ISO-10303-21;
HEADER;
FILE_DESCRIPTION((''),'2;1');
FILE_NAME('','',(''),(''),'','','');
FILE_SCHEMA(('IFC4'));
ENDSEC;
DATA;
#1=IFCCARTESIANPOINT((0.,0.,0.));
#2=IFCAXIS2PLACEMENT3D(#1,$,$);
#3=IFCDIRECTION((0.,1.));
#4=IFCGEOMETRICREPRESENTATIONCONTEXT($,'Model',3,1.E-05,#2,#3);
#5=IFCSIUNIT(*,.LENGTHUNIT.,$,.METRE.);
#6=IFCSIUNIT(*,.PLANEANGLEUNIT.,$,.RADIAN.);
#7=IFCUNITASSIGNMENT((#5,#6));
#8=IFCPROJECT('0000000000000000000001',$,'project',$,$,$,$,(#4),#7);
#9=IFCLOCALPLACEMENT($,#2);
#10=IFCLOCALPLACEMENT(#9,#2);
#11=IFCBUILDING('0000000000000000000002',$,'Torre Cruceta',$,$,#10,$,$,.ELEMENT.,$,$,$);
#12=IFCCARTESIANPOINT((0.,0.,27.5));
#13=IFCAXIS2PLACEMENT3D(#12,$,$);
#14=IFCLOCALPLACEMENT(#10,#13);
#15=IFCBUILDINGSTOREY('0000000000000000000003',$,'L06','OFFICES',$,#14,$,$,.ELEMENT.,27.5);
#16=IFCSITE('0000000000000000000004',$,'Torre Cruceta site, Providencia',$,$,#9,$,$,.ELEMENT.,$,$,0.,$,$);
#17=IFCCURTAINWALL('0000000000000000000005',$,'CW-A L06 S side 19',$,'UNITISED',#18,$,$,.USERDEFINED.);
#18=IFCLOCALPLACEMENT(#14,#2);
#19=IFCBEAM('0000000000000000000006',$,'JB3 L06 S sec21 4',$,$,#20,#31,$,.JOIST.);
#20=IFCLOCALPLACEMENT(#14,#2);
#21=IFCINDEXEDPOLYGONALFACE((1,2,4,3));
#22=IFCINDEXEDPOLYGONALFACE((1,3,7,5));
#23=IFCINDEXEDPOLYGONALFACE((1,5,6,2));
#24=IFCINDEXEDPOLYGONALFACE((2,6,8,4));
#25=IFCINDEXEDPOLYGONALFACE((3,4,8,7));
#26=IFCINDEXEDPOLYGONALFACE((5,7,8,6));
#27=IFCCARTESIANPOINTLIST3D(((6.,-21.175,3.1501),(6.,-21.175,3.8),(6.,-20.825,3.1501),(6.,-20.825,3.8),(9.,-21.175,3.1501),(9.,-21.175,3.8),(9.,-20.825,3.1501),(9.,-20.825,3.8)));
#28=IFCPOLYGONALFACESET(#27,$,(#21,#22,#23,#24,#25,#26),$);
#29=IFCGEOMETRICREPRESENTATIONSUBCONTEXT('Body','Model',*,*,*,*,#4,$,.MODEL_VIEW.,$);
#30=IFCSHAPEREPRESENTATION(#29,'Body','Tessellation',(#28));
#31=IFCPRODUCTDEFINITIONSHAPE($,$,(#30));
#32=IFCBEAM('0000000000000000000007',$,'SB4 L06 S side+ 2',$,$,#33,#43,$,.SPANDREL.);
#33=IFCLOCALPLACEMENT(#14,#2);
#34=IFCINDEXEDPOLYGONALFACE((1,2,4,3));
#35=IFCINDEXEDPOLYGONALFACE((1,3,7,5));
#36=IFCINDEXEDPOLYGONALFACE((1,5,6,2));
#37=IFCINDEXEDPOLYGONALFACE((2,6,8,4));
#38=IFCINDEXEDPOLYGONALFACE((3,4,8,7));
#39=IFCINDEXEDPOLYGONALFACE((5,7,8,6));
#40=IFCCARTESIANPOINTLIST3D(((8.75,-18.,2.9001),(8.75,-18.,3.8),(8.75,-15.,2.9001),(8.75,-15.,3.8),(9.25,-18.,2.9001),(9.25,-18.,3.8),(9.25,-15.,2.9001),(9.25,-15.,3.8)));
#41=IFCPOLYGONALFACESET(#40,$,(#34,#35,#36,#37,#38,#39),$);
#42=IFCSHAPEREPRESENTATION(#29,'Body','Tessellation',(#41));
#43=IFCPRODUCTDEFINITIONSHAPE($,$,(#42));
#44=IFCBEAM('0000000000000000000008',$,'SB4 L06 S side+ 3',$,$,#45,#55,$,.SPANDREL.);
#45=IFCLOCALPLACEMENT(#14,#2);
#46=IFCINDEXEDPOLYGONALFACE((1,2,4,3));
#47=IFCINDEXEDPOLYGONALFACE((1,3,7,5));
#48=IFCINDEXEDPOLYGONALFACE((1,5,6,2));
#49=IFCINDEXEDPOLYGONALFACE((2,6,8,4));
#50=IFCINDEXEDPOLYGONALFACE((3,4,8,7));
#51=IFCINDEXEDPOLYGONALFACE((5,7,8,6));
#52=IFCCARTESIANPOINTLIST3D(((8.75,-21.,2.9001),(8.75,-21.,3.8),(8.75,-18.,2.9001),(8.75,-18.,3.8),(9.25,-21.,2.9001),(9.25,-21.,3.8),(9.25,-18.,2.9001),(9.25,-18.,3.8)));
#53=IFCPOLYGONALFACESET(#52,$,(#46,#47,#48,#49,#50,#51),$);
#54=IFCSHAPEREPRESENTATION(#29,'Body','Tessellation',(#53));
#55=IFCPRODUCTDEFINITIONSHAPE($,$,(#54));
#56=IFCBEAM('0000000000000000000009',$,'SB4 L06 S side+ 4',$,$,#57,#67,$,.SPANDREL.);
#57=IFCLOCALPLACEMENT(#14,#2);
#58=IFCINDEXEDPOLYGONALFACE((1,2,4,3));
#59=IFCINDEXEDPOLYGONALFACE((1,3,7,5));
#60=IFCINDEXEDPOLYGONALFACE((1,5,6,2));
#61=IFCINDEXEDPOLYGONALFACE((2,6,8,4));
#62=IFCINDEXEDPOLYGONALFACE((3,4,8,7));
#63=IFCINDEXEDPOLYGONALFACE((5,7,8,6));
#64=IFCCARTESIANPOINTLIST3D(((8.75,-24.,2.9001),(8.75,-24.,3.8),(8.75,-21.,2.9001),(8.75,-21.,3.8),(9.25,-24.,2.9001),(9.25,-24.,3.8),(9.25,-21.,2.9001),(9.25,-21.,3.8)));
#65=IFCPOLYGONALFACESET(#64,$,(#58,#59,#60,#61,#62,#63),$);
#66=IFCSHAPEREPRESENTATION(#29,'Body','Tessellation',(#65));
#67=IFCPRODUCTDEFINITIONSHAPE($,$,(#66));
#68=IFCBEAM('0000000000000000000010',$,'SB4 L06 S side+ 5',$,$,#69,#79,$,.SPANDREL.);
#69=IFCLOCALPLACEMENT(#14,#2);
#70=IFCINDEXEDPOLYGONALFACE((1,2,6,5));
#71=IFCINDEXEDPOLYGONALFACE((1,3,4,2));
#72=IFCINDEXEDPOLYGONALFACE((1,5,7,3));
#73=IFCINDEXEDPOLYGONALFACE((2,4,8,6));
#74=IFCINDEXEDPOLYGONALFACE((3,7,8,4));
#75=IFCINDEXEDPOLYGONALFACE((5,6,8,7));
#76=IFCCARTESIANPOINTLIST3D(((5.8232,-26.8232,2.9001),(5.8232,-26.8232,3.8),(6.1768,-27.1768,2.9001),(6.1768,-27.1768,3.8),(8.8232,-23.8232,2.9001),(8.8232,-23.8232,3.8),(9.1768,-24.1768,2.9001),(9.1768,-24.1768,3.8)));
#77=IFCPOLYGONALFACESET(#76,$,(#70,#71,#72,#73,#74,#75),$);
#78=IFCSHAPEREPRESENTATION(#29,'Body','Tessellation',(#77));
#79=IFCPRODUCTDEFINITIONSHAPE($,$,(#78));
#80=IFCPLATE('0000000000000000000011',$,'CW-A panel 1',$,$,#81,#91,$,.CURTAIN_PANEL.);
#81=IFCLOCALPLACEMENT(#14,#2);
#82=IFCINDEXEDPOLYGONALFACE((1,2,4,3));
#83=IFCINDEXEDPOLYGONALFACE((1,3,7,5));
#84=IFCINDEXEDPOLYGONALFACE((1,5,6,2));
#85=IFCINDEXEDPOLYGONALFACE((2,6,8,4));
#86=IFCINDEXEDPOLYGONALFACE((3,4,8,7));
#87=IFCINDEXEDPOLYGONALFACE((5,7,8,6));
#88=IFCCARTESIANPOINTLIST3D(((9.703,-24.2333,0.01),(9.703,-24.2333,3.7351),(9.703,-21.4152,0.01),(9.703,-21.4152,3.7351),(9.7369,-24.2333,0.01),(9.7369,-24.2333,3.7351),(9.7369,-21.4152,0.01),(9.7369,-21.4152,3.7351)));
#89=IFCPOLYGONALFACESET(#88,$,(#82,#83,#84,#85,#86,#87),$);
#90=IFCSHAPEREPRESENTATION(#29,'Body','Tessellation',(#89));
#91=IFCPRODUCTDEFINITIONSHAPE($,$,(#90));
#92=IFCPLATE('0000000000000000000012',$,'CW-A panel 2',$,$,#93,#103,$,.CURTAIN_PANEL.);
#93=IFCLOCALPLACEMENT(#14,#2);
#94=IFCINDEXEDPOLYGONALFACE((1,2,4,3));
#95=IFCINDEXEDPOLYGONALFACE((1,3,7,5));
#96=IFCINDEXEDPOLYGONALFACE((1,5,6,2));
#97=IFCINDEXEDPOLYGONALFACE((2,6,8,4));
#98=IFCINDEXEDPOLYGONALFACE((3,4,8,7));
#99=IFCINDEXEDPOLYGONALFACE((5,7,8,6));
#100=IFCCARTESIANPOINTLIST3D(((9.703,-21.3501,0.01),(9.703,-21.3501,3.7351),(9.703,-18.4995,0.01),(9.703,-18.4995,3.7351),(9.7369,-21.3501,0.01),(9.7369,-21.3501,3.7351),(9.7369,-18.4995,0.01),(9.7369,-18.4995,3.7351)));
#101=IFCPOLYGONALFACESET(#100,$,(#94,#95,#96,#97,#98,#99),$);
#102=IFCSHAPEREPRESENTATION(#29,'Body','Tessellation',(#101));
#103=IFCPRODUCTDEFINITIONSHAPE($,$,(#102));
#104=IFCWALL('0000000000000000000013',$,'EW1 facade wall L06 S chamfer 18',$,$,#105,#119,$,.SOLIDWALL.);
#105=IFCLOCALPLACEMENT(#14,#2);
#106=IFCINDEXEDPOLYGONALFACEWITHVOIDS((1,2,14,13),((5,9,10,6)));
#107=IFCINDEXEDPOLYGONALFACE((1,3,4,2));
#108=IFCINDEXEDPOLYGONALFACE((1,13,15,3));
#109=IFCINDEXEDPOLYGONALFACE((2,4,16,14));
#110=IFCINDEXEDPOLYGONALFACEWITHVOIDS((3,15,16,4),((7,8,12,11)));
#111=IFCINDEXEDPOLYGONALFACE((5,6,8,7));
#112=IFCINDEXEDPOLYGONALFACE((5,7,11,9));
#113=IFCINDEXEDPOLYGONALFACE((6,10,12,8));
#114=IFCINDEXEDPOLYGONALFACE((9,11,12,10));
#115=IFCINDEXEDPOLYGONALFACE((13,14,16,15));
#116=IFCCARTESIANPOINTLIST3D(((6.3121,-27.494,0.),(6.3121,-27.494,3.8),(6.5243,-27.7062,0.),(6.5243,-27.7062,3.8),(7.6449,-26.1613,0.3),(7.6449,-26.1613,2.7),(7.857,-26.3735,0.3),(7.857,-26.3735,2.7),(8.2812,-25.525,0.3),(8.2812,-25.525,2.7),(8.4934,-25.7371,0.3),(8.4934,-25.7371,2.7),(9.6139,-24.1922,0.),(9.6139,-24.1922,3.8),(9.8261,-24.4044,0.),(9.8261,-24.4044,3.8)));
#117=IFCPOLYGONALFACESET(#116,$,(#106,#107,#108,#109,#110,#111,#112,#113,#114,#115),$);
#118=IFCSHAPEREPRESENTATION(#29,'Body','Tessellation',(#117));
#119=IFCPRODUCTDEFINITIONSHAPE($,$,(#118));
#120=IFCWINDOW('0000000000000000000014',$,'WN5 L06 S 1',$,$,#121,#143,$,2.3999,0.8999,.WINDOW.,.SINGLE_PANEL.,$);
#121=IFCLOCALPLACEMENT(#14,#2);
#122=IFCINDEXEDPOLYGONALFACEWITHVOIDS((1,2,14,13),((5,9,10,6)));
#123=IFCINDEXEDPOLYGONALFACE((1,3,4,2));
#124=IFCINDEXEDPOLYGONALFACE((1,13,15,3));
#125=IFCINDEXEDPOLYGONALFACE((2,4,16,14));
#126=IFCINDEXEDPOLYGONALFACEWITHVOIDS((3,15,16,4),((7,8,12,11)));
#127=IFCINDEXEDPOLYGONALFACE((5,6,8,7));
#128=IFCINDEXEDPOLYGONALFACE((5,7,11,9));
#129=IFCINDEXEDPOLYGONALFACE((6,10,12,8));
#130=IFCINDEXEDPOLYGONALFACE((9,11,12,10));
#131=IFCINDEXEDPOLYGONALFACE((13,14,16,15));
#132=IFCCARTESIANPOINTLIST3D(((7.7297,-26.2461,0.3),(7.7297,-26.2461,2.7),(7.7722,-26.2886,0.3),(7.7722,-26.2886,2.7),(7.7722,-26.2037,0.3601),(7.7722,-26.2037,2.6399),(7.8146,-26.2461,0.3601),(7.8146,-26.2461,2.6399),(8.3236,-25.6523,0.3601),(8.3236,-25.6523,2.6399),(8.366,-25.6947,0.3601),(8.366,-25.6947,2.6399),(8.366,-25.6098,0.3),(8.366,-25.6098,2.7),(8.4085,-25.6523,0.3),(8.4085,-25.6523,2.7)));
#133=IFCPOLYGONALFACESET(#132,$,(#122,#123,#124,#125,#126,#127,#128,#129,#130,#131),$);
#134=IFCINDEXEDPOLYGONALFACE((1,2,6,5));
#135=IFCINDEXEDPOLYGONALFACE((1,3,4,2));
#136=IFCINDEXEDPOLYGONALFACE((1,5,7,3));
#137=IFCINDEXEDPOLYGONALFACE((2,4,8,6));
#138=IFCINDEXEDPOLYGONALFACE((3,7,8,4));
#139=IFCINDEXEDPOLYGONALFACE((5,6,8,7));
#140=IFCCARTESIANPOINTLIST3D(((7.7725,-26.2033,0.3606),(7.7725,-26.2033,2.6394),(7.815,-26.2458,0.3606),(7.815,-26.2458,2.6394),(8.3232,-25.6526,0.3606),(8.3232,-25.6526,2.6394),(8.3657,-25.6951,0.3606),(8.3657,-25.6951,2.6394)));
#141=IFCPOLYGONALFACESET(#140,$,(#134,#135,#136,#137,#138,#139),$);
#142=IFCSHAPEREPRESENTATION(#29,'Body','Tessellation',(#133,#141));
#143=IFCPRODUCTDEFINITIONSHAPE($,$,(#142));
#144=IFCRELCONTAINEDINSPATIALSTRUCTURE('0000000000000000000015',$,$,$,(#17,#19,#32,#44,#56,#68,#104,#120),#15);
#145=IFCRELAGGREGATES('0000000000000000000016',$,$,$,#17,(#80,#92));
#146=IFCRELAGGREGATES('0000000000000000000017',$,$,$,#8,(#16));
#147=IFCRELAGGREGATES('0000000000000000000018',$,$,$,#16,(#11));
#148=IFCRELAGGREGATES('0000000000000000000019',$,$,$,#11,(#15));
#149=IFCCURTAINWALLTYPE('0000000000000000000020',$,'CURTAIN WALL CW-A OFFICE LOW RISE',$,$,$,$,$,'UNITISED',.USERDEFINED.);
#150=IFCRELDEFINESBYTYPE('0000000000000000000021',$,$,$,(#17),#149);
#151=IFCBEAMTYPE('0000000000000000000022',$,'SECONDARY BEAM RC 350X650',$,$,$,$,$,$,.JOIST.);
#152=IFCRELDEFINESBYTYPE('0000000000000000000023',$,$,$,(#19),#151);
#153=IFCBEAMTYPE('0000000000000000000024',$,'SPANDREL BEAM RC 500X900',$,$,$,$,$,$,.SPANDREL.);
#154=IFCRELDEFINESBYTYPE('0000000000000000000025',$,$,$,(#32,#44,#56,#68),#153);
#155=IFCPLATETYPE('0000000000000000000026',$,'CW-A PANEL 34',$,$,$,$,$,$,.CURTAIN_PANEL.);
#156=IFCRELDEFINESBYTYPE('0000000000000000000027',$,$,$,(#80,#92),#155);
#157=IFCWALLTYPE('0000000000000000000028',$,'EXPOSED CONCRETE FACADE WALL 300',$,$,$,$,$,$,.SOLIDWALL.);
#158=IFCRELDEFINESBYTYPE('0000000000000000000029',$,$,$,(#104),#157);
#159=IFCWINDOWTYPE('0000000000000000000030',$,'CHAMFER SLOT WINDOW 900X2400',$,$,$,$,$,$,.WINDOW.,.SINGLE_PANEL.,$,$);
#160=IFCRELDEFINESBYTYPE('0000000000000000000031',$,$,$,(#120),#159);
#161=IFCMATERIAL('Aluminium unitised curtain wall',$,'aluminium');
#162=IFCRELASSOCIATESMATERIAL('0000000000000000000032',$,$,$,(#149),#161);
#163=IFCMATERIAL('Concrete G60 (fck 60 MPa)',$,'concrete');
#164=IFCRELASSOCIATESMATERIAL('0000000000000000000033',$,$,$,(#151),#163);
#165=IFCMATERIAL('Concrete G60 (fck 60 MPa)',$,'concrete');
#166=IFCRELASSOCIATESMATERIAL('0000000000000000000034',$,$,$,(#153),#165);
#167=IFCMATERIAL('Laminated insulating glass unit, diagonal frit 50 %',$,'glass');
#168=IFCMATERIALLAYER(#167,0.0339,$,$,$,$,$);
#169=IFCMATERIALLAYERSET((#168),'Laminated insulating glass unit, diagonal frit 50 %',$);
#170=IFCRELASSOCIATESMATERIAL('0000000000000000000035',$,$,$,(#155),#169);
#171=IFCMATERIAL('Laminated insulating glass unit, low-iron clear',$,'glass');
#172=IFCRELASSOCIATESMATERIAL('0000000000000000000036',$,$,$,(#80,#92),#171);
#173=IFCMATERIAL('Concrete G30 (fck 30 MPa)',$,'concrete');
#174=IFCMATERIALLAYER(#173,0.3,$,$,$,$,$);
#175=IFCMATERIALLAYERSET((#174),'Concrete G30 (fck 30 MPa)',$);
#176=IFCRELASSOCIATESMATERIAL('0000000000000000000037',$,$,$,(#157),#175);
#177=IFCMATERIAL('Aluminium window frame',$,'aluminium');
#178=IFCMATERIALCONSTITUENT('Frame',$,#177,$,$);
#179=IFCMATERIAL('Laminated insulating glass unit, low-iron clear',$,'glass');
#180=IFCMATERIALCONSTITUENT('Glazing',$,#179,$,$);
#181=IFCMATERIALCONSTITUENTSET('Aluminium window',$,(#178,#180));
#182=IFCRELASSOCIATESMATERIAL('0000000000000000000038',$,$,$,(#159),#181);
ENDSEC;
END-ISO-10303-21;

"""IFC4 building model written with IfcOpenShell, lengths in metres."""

from ifc_helpers import new_model, si_unit, direction, frame, frame_2d, origin, origin_2d, place, context, subcontext, project, spatial, rectangle, hollow_rectangle, extrude, material, layer, layer_set, constituent, constituent_set, material_profile, profile_set, type_object, element, fill, aggregate, save


model = new_model("IFC4")

# Units and contexts
model_context = context("Model", 3, precision=1e-05, world=origin(), true_north=direction((0.0, 1.0)))
body_context = subcontext(model_context, "Body", "Model", "MODEL_VIEW")
ifc_project = project(units=[si_unit("LENGTHUNIT", "METRE"), si_unit("PLANEANGLEUNIT", "RADIAN")], contexts=[model_context])

# Site, building, storey
site_placement = place(None, origin())
site = spatial("IfcSite", under=ifc_project, at=site_placement, Name="Torre Cruceta site, Providencia", CompositionType="ELEMENT", RefElevation=0.0)
building_placement = place(site_placement, origin())
building = spatial("IfcBuilding", under=site, at=building_placement, Name="Torre Cruceta", CompositionType="ELEMENT")
storey_placement = place(building_placement, frame((0.0, 0.0, 27.5)))
storey = spatial("IfcBuildingStorey", under=building, at=storey_placement, Name="L06", Description="OFFICES", CompositionType="ELEMENT", Elevation=27.5)

# Curtain wall
ifc_material_1 = material(Name="Aluminium unitised curtain wall", Category="aluminium")
curtain_wall_type = type_object("IfcCurtainWallType", Name="CURTAIN WALL CW-A OFFICE LOW RISE", ElementType="UNITISED", PredefinedType="USERDEFINED", material=ifc_material_1)
curtain_wall_placement = place(storey_placement, origin())
curtain_wall = element("IfcCurtainWall", 1, at=curtain_wall_placement, inside=storey, type_object=curtain_wall_type, Name="CW-A L06 S side 19", ObjectType="UNITISED", PredefinedType="USERDEFINED")

# Beams
ifc_material_2 = material(Name="Concrete G60 (fck 60 MPa)", Category="concrete")
ifc_material_profile_1 = material_profile(ifc_material_2, rectangle(XDim=0.3501, YDim=0.6499, at=origin_2d()), Name="RC 350X650")
ifc_profile_set_1 = profile_set([ifc_material_profile_1], Name="Concrete G60 (fck 60 MPa)")
beam_type_1 = type_object("IfcBeamType", Name="SECONDARY BEAM RC 350X650", PredefinedType="JOIST", material=ifc_profile_set_1)
beam_1_placement = place(storey_placement, frame((6.0, -21.0, 3.4751), z_axis=(1.0, 0.0, 0.0), x_axis=(0.0, 1.0, 0.0)))
element("IfcBeam", 2, at=beam_1_placement, inside=storey, type_object=beam_type_1, Name="JB3 L06 S sec21 4", PredefinedType="JOIST", context=body_context, shape_type="SweptSolid", body=[
    extrude(rectangle(XDim=0.3501, YDim=0.6499, at=origin_2d()), origin(), (0.0, 0.0, 1.0), 3.0),
])
ifc_material_3 = material(Name="Concrete G60 (fck 60 MPa)", Category="concrete")
ifc_material_profile_2 = material_profile(ifc_material_3, rectangle(XDim=0.5, YDim=0.8999, at=origin_2d()), Name="RC 500X900")
ifc_profile_set_2 = profile_set([ifc_material_profile_2], Name="Concrete G60 (fck 60 MPa)")
beam_type_2 = type_object("IfcBeamType", Name="SPANDREL BEAM RC 500X900", PredefinedType="SPANDREL", material=ifc_profile_set_2)
for number, where, z_axis, x_axis, name in (
    (3, (9.0, -15.0, 3.3501), (0.0, -1.0, 0.0), (1.0, 0.0, 0.0), "SB4 L06 S side+ 2"),
    (4, (9.0, -18.0, 3.3501), (0.0, -1.0, 0.0), (1.0, 0.0, 0.0), "SB4 L06 S side+ 3"),
    (5, (9.0, -21.0, 3.3501), (0.0, -1.0, 0.0), (1.0, 0.0, 0.0), "SB4 L06 S side+ 4"),
):
    element("IfcBeam", number, at=place(storey_placement, frame(where, z_axis=z_axis, x_axis=x_axis)), inside=storey, type_object=beam_type_2, Name=name, PredefinedType="SPANDREL", context=body_context, shape_type="SweptSolid", body=[
        extrude(rectangle(XDim=0.5, YDim=0.8999, at=origin_2d()), origin(), (0.0, 0.0, 1.0), 3.0),
    ])
beam_2_placement = place(storey_placement, frame((9.0, -24.0, 3.3501), z_axis=(-0.707107, -0.707107, 0.0), x_axis=(0.707107, -0.707107, 0.0)))
element("IfcBeam", 6, at=beam_2_placement, inside=storey, type_object=beam_type_2, Name="SB4 L06 S side+ 5", PredefinedType="SPANDREL", context=body_context, shape_type="SweptSolid", body=[
    extrude(rectangle(XDim=0.5, YDim=0.8999, at=origin_2d()), origin(), (0.0, 0.0, 1.0), 4.2427),
])

# Plates
ifc_material_4 = material(Name="Laminated insulating glass unit, low-iron clear", Category="glass")
ifc_material_5 = material(Name="Laminated insulating glass unit, diagonal frit 50 %", Category="glass")
ifc_layer_1 = layer(ifc_material_5, 0.0339)
ifc_layer_set_1 = layer_set([ifc_layer_1], Name="Laminated insulating glass unit, diagonal frit 50 %")
plate_type = type_object("IfcPlateType", Name="CW-A PANEL 34", PredefinedType="CURTAIN_PANEL", material=ifc_layer_set_1)
plate_1_placement = place(storey_placement, frame((9.72, -22.8242, 0.01), z_axis=(0.0, 0.0, 1.0), x_axis=(0.0, 1.0, 0.0)))
plate_1 = element("IfcPlate", 7, at=plate_1_placement, type_object=plate_type, material=ifc_material_4, Name="CW-A panel 1", PredefinedType="CURTAIN_PANEL", context=body_context, shape_type="SweptSolid", body=[
    extrude(rectangle(XDim=2.8181, YDim=0.0339, at=origin_2d()), origin(), (0.0, 0.0, 1.0), 3.7251),
])
plate_2_placement = place(storey_placement, frame((9.72, -19.9248, 0.01), z_axis=(0.0, 0.0, 1.0), x_axis=(0.0, 1.0, 0.0)))
plate_2 = element("IfcPlate", 8, at=plate_2_placement, type_object=plate_type, material=ifc_material_4, Name="CW-A panel 2", PredefinedType="CURTAIN_PANEL", context=body_context, shape_type="SweptSolid", body=[
    extrude(rectangle(XDim=2.8506, YDim=0.0339, at=origin_2d()), origin(), (0.0, 0.0, 1.0), 3.7251),
])
aggregate(curtain_wall, [plate_1, plate_2])

# Wall, opening, window
ifc_material_6 = material(Name="Concrete G30 (fck 30 MPa)", Category="concrete")
ifc_layer_2 = layer(ifc_material_6, 0.3)
ifc_layer_set_2 = layer_set([ifc_layer_2], Name="Concrete G30 (fck 30 MPa)")
wall_type_1 = type_object("IfcWallType", Name="EXPOSED CONCRETE FACADE WALL 300", PredefinedType="SOLIDWALL", material=ifc_layer_set_2)
wall_1_placement = place(storey_placement, frame((6.4182, -27.6001, 0.0), z_axis=(0.0, 0.0, 1.0), x_axis=(0.707107, 0.707107, 0.0)))
wall_1 = element("IfcWall", 9, at=wall_1_placement, inside=storey, type_object=wall_type_1, Name="EW1 facade wall L06 S chamfer 18", PredefinedType="SOLIDWALL", context=body_context, shape_type="SweptSolid", body=[
    extrude(rectangle(XDim=4.6694, YDim=0.3, at=frame_2d((2.3347, 0.0))), origin(), (0.0, 0.0, 1.0), 3.8),
])
opening_1_placement = place(wall_1_placement, frame((1.8848, 0.0, 0.3)))
opening_1 = element("IfcOpeningElement", 10, at=opening_1_placement, cuts=wall_1, PredefinedType="OPENING", context=body_context, shape_type="SweptSolid", body=[
    extrude(rectangle(XDim=0.8999, YDim=2.3999, at=frame_2d((0.45, 1.2))), frame((0.0, 0.1599, 0.0), z_axis=(0.0, -1.0, 0.0), x_axis=(1.0, 0.0, 0.0)), (0.0, 0.0, 1.0), 0.3201),
])
ifc_material_7 = material(Name="Aluminium window frame", Category="aluminium")
ifc_constituent_1 = constituent(ifc_material_7, Name="Frame")
ifc_material_8 = material(Name="Laminated insulating glass unit, low-iron clear", Category="glass")
ifc_constituent_2 = constituent(ifc_material_8, Name="Glazing")
ifc_constituent_set_1 = constituent_set(constituents=[ifc_constituent_1, ifc_constituent_2], Name="Aluminium window")
window_type = type_object("IfcWindowType", Name="CHAMFER SLOT WINDOW 900X2400", PartitioningType="SINGLE_PANEL", PredefinedType="WINDOW", material=ifc_constituent_set_1)
window_placement = place(opening_1_placement, origin())
window = element("IfcWindow", 11, at=window_placement, inside=storey, type_object=window_type, Name="WN5 L06 S 1", OverallHeight=2.3999, OverallWidth=0.8999, PartitioningType="SINGLE_PANEL", PredefinedType="WINDOW", context=body_context, shape_type="SweptSolid", body=[
    extrude(hollow_rectangle(XDim=0.8999, YDim=2.3999, WallThickness=0.0601, at=frame_2d((0.45, 1.2))), frame((0.0, 0.03, 0.0), z_axis=(0.0, -1.0, 0.0), x_axis=(1.0, 0.0, 0.0)), (0.0, 0.0, 1.0), 0.0601),
    extrude(rectangle(XDim=0.7788, YDim=2.2788, at=frame_2d((0.45, 1.2))), frame((0.0, 0.03, 0.0), z_axis=(0.0, -1.0, 0.0), x_axis=(1.0, 0.0, 0.0)), (0.0, 0.0, 1.0), 0.0601),
])
fill(opening_1, window)

save(model, "model.ifc")
